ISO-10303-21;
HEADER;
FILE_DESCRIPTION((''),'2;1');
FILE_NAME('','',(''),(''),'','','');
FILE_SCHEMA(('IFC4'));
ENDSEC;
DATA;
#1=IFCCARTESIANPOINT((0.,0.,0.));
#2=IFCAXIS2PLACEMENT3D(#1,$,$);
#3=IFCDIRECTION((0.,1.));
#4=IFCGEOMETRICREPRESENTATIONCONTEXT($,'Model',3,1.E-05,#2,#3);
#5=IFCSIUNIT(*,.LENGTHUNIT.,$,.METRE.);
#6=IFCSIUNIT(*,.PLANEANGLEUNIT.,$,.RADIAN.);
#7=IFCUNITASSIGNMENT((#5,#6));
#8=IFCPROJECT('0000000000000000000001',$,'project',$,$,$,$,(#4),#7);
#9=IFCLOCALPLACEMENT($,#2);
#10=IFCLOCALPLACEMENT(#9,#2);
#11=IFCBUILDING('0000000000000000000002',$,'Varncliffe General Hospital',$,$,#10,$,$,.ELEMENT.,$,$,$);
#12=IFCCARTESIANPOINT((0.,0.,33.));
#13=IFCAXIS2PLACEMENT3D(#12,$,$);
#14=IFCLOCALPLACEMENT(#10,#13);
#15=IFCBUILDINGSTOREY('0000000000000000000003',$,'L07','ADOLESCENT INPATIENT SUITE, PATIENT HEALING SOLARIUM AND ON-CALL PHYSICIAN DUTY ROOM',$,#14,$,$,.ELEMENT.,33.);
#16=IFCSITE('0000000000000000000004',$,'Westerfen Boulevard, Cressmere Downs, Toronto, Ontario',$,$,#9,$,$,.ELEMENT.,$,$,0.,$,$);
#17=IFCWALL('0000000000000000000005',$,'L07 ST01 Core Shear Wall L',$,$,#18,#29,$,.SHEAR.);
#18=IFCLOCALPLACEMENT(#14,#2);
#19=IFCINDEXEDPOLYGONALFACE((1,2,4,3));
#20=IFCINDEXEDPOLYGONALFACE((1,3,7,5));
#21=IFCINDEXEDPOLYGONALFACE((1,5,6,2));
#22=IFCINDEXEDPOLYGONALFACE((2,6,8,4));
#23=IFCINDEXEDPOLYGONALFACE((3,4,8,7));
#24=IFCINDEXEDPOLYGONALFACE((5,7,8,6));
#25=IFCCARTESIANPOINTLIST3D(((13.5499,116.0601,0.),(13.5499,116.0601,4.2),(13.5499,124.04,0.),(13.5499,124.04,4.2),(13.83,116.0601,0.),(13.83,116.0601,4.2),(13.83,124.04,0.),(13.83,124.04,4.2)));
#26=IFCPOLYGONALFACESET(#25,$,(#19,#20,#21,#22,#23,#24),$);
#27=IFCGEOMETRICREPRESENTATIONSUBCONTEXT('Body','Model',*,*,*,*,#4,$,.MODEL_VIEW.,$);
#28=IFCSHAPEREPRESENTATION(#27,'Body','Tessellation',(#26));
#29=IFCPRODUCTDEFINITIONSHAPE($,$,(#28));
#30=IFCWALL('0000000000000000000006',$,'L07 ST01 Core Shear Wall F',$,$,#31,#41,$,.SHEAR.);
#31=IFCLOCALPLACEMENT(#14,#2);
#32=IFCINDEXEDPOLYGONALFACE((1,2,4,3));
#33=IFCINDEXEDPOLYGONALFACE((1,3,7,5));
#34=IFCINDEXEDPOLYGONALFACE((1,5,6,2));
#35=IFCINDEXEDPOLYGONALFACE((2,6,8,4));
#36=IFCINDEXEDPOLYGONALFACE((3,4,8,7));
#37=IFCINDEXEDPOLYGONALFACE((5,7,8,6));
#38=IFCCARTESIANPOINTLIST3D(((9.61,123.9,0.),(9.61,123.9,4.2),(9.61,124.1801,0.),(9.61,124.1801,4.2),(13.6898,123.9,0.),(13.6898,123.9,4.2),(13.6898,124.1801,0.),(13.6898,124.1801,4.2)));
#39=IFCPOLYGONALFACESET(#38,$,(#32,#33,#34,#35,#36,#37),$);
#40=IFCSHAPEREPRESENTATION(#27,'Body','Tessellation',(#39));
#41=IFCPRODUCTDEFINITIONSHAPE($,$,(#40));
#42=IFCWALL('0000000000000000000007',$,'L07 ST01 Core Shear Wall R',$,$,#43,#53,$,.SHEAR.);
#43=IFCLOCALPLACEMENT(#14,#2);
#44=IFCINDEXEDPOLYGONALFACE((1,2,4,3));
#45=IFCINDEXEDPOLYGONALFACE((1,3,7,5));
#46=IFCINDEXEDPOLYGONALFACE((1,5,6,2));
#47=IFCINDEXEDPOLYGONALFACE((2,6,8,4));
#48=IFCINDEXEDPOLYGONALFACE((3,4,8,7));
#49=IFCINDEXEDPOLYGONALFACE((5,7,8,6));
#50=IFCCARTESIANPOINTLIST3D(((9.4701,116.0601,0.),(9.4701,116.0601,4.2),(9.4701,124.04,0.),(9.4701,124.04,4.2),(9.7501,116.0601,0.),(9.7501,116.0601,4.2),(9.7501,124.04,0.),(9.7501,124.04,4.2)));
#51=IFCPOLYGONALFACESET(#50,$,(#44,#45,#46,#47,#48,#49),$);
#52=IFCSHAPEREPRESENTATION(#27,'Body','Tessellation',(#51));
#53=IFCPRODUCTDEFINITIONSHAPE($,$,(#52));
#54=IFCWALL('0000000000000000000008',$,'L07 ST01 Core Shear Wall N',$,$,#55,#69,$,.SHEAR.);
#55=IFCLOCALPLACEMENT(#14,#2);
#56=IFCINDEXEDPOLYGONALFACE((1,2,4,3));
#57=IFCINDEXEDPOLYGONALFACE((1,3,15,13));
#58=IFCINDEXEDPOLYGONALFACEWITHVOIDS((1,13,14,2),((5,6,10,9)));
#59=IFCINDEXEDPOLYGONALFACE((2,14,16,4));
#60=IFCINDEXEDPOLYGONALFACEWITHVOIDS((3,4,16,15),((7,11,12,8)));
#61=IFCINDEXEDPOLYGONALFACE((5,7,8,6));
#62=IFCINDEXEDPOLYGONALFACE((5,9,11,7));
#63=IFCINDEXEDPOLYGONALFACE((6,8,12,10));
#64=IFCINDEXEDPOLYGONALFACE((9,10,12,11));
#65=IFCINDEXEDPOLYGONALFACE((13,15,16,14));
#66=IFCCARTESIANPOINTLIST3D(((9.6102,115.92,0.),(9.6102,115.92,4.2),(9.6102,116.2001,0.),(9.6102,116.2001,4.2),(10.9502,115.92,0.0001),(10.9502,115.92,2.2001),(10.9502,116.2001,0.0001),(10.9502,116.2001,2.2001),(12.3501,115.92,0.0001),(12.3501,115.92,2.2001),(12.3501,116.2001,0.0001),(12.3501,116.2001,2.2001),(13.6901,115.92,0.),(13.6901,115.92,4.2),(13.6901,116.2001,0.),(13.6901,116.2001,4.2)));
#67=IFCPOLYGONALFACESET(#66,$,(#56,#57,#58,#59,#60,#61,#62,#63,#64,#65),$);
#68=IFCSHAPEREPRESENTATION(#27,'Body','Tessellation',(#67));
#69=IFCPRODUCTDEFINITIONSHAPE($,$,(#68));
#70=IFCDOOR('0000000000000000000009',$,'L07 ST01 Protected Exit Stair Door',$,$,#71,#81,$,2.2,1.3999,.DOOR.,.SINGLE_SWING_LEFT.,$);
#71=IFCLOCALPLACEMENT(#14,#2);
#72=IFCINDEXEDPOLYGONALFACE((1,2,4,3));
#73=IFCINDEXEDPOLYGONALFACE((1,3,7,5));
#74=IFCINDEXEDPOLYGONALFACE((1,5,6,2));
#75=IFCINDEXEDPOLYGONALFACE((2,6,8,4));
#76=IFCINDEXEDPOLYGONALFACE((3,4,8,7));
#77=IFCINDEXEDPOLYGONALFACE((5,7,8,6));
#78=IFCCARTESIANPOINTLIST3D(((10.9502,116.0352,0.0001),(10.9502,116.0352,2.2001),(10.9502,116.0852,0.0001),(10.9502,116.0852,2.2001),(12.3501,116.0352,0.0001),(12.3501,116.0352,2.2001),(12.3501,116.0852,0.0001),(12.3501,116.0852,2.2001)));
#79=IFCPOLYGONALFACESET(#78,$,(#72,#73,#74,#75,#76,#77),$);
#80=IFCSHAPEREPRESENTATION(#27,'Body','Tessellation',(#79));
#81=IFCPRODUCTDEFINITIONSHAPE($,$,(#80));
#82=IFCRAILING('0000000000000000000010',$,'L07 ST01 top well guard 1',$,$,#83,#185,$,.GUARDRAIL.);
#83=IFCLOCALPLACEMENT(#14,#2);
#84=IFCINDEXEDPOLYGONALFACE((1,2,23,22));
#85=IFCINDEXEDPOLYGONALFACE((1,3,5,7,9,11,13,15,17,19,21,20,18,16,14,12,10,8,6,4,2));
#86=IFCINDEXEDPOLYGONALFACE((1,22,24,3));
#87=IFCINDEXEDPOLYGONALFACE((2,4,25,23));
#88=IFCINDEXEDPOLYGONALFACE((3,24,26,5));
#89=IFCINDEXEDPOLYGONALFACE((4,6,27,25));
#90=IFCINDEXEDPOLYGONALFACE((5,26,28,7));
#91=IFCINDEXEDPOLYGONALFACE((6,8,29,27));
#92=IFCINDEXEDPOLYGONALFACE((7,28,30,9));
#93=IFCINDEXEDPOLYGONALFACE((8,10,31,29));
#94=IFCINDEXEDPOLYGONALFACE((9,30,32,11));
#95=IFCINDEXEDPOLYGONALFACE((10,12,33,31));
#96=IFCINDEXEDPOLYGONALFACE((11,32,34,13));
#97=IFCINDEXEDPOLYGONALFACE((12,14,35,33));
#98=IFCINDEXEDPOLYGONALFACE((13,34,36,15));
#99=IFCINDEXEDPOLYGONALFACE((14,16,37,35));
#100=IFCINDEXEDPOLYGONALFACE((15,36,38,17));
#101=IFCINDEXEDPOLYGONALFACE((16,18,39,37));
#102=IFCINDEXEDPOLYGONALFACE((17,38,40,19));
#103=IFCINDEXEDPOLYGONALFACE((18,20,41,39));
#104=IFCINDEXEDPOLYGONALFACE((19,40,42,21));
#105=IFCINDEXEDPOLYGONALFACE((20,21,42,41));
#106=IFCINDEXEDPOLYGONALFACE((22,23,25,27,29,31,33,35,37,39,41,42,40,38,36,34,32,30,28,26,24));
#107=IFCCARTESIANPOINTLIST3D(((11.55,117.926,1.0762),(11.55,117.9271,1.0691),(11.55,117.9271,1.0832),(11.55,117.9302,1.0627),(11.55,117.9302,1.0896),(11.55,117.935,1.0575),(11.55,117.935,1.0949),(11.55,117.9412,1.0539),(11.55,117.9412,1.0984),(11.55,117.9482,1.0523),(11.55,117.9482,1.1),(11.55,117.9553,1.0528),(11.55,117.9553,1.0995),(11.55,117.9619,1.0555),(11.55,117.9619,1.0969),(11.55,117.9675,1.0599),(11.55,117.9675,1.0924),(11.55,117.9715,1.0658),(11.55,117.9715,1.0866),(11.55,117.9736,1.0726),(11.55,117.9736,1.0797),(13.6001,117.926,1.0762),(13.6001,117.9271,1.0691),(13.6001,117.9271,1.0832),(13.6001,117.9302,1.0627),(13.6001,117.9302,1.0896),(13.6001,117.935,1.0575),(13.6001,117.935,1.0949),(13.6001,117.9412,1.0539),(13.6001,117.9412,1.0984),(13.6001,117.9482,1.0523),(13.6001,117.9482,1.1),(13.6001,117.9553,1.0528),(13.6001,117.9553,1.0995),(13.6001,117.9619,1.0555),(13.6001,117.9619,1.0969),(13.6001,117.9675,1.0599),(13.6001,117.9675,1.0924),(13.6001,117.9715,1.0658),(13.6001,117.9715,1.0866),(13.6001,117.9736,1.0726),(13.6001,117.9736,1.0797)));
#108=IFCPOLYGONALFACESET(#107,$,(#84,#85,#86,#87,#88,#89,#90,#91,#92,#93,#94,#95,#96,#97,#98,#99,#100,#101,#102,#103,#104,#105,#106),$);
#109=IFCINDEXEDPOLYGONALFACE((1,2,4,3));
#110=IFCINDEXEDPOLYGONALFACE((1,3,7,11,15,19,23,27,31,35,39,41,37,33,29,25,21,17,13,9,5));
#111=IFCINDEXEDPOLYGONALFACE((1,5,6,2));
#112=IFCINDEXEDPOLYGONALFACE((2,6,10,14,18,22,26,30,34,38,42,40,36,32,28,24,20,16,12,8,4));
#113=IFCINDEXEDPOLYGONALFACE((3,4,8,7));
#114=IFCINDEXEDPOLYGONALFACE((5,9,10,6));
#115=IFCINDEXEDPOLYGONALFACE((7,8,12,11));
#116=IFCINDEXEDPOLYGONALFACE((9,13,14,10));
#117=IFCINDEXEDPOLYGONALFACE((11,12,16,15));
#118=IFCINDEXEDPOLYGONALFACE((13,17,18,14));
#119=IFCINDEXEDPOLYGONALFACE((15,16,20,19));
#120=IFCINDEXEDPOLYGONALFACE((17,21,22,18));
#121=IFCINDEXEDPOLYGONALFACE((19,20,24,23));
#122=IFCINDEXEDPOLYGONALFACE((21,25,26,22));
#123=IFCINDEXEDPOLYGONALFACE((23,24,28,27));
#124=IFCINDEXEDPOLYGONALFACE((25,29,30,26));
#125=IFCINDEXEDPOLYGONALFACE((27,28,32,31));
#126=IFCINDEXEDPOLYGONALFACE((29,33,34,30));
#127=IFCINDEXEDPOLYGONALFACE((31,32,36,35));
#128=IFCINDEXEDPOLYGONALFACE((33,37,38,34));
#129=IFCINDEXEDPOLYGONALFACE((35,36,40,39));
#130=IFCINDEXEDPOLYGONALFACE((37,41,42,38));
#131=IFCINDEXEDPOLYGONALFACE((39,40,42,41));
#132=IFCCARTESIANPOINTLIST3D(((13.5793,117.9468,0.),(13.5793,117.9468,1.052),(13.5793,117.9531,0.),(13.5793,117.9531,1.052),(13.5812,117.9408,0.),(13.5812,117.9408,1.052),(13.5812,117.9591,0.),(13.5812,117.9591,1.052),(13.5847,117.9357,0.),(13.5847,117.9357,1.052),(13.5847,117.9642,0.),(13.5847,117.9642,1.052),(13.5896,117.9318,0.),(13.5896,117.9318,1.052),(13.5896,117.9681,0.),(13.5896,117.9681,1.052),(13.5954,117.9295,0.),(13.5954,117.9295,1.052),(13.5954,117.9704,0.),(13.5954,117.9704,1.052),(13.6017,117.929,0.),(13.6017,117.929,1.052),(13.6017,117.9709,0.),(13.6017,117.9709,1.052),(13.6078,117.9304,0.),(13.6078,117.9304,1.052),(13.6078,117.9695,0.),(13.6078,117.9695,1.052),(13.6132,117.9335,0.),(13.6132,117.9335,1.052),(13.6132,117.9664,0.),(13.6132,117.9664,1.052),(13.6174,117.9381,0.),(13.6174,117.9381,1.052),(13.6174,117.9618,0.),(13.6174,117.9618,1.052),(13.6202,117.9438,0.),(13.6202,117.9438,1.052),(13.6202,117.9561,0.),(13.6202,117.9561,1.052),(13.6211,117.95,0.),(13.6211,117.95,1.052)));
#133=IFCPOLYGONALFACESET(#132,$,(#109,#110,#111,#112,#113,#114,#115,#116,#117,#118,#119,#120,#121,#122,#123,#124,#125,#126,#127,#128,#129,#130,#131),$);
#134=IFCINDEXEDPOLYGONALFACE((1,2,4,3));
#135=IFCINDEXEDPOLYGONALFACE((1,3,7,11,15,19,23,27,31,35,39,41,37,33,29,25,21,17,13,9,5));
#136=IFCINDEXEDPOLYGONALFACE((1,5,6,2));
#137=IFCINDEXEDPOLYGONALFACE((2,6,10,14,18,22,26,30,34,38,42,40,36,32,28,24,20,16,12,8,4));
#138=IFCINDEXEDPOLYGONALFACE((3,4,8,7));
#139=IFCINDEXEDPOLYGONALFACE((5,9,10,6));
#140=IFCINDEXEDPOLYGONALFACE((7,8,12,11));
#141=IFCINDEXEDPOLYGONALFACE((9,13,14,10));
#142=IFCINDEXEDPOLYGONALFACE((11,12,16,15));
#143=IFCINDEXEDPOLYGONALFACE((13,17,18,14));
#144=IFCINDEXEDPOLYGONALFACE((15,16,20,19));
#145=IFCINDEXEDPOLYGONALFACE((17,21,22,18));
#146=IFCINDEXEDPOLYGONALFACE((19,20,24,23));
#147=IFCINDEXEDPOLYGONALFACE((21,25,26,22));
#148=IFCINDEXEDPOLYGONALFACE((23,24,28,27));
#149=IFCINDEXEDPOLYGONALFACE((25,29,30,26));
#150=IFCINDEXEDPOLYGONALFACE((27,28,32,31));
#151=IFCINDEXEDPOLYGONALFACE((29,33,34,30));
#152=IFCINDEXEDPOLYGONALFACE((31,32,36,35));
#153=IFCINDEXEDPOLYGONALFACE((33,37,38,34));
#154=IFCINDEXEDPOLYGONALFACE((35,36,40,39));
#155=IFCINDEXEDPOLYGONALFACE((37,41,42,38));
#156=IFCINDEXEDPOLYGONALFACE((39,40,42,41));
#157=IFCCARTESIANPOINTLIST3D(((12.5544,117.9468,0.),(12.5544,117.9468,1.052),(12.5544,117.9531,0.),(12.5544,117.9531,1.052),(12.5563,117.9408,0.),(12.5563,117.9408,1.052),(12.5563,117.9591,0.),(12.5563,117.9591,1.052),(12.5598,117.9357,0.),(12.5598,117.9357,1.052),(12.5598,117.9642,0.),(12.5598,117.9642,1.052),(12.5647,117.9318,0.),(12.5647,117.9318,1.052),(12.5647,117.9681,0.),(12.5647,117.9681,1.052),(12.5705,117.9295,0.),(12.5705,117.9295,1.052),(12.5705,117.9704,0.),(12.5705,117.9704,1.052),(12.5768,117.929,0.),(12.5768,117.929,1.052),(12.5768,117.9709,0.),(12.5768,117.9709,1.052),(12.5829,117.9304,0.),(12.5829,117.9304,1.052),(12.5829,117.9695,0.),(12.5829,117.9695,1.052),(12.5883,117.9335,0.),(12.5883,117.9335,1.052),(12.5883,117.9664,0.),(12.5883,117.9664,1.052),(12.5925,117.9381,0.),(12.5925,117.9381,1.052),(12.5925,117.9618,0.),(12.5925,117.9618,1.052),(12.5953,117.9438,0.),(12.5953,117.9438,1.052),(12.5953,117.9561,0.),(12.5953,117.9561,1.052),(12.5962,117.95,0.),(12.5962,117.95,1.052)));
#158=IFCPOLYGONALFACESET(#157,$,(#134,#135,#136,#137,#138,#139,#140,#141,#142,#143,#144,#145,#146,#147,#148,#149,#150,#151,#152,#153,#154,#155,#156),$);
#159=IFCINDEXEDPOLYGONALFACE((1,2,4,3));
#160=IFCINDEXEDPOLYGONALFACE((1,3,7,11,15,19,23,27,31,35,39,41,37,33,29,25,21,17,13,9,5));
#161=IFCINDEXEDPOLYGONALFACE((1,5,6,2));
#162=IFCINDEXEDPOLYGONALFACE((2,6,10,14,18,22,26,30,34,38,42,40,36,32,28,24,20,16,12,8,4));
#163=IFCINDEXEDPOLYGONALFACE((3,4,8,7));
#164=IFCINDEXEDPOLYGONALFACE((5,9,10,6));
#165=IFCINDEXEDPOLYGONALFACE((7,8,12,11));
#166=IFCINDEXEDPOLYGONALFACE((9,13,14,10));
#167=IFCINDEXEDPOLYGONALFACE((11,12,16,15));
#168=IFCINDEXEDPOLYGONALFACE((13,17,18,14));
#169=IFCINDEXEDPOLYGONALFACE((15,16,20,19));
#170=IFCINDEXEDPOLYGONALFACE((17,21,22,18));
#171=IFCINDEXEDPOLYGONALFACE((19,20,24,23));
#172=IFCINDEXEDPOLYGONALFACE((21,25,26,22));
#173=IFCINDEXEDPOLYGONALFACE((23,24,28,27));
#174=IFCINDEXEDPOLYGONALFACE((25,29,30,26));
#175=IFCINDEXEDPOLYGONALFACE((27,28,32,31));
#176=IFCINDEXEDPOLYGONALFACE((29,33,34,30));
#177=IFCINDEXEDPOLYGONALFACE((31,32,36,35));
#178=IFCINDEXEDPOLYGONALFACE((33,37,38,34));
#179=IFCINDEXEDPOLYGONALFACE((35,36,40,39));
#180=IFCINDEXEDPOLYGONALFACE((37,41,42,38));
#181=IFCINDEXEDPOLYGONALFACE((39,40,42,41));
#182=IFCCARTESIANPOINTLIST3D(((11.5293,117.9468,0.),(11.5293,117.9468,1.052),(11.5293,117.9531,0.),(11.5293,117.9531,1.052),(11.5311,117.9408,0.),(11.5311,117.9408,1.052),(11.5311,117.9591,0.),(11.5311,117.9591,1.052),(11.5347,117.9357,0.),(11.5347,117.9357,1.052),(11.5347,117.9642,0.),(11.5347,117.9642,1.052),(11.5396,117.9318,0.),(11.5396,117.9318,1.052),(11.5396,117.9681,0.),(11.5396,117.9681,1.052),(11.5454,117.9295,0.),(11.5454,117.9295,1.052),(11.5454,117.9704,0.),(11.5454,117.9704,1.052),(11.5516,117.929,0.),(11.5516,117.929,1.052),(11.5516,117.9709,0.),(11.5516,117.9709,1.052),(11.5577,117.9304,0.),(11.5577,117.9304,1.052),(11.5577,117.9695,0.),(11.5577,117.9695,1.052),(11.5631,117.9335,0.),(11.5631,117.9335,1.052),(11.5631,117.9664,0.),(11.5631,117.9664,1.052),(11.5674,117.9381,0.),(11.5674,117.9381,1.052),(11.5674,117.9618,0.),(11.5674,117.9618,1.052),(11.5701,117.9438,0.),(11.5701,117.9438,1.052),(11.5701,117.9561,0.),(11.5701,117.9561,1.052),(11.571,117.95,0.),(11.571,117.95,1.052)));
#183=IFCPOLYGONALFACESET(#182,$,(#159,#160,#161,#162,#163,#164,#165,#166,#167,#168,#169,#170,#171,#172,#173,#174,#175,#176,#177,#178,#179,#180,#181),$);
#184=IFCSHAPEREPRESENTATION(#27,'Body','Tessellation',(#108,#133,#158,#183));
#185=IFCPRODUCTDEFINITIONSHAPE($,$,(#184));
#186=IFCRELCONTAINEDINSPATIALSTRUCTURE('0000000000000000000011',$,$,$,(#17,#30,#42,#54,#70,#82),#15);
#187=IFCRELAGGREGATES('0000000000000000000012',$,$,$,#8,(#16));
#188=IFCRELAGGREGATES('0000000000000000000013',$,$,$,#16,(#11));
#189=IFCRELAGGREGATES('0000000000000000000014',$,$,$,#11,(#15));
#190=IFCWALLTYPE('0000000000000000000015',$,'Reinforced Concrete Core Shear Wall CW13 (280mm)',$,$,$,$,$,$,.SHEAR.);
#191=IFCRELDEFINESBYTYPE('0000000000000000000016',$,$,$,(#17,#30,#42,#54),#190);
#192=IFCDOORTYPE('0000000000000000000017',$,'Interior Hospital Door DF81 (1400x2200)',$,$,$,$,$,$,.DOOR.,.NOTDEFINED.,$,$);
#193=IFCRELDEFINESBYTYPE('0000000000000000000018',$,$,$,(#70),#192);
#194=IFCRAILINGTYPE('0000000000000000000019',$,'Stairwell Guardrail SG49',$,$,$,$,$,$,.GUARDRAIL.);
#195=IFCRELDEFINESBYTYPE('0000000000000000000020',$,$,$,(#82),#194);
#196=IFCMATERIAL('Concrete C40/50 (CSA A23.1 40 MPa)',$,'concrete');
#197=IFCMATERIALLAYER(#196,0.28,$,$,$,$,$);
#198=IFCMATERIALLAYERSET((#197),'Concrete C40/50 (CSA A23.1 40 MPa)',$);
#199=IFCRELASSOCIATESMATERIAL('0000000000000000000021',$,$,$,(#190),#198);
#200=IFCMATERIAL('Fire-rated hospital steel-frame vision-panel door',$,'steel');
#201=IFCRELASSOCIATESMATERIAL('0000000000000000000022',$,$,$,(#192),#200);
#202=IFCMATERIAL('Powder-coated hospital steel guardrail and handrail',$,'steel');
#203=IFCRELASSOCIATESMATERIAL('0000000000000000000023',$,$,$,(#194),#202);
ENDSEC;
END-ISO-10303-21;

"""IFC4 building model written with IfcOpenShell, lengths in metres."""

from ifc_helpers import new_model, si_unit, direction, frame, frame_2d, origin, origin_2d, place, context, subcontext, project, spatial, rectangle, circle, extrude, material, layer, layer_set, type_object, element, fill, save


model = new_model("IFC4")

# Units and contexts
model_context = context("Model", 3, precision=1e-05, world=origin(), true_north=direction((0.0, 1.0)))
body_context = subcontext(model_context, "Body", "Model", "MODEL_VIEW")
ifc_project = project(units=[si_unit("LENGTHUNIT", "METRE"), si_unit("PLANEANGLEUNIT", "RADIAN")], contexts=[model_context])

# Site, building, storey
site_placement = place(None, origin())
site = spatial("IfcSite", under=ifc_project, at=site_placement, Name="Westerfen Boulevard, Cressmere Downs, Toronto, Ontario", CompositionType="ELEMENT", RefElevation=0.0)
building_placement = place(site_placement, origin())
building = spatial("IfcBuilding", under=site, at=building_placement, Name="Varncliffe General Hospital", CompositionType="ELEMENT")
storey_placement = place(building_placement, frame((0.0, 0.0, 33.0)))
storey = spatial("IfcBuildingStorey", under=building, at=storey_placement, Name="L07", Description="ADOLESCENT INPATIENT SUITE, PATIENT HEALING SOLARIUM AND ON-CALL PHYSICIAN DUTY ROOM", CompositionType="ELEMENT", Elevation=33.0)

# Shared definitions
ifc_material_1 = material(Name="Concrete C40/50 (CSA A23.1 40 MPa)", Category="concrete")

# Walls
ifc_layer_1 = layer(ifc_material_1, 0.28)
ifc_layer_set_1 = layer_set([ifc_layer_1], Name="Concrete C40/50 (CSA A23.1 40 MPa)")
wall_type_1 = type_object("IfcWallType", Name="Reinforced Concrete Core Shear Wall CW13 (280mm)", PredefinedType="SHEAR", material=ifc_layer_set_1)
wall_1_placement = place(storey_placement, frame((13.6899, 116.0601, 0.0), z_axis=(0.0, 0.0, 1.0), x_axis=(0.0, 1.0, 0.0)))
element("IfcWall", 1, at=wall_1_placement, inside=storey, type_object=wall_type_1, Name="L07 ST01 Core Shear Wall L", PredefinedType="SHEAR", context=body_context, shape_type="SweptSolid", body=[
    extrude(rectangle(XDim=7.98, YDim=0.28, at=frame_2d((3.99, 0.0))), origin(), (0.0, 0.0, 1.0), 4.2),
])
wall_2_placement = place(storey_placement, frame((13.6899, 124.04, 0.0), z_axis=(0.0, 0.0, 1.0), x_axis=(-1.0, 0.0, 0.0)))
element("IfcWall", 2, at=wall_2_placement, inside=storey, type_object=wall_type_1, Name="L07 ST01 Core Shear Wall F", PredefinedType="SHEAR", context=body_context, shape_type="SweptSolid", body=[
    extrude(rectangle(XDim=4.0798, YDim=0.28, at=frame_2d((2.04, 0.0))), origin(), (0.0, 0.0, 1.0), 4.2),
])
wall_3_placement = place(storey_placement, frame((9.6101, 124.04, 0.0), z_axis=(0.0, 0.0, 1.0), x_axis=(0.0, -1.0, 0.0)))
element("IfcWall", 3, at=wall_3_placement, inside=storey, type_object=wall_type_1, Name="L07 ST01 Core Shear Wall R", PredefinedType="SHEAR", context=body_context, shape_type="SweptSolid", body=[
    extrude(rectangle(XDim=7.98, YDim=0.28, at=frame_2d((3.99, 0.0))), origin(), (0.0, 0.0, 1.0), 4.2),
])

# Wall, opening, door
wall_4_placement = place(storey_placement, frame((9.6101, 116.0601, 0.0), z_axis=(0.0, 0.0, 1.0), x_axis=(1.0, 0.0, 0.0)))
wall_4 = element("IfcWall", 4, at=wall_4_placement, inside=storey, type_object=wall_type_1, Name="L07 ST01 Core Shear Wall N", PredefinedType="SHEAR", context=body_context, shape_type="SweptSolid", body=[
    extrude(rectangle(XDim=4.0798, YDim=0.28, at=frame_2d((2.04, 0.0))), origin(), (0.0, 0.0, 1.0), 4.2),
])
opening_1_placement = place(wall_4_placement, frame((1.3401, 0.0, 0.0)))
opening_1 = element("IfcOpeningElement", 5, at=opening_1_placement, cuts=wall_4, PredefinedType="OPENING", context=body_context, shape_type="SweptSolid", body=[
    extrude(rectangle(XDim=1.3999, YDim=2.2, at=frame_2d((0.7, 1.1001))), frame((0.0, 0.1499, 0.0), z_axis=(0.0, -1.0, 0.0), x_axis=(1.0, 0.0, 0.0)), (0.0, 0.0, 1.0), 0.3),
])
ifc_material_2 = material(Name="Fire-rated hospital steel-frame vision-panel door", Category="steel")
door_type = type_object("IfcDoorType", Name="Interior Hospital Door DF81 (1400x2200)", OperationType="NOTDEFINED", PredefinedType="DOOR", material=ifc_material_2)
door_placement = place(opening_1_placement, frame((1.3999, 0.0, 0.0), z_axis=(0.0, 0.0, 1.0), x_axis=(-1.0, 0.0, 0.0)))
door = element("IfcDoor", 6, at=door_placement, inside=storey, type_object=door_type, Name="L07 ST01 Protected Exit Stair Door", OperationType="SINGLE_SWING_LEFT", OverallHeight=2.2, OverallWidth=1.3999, PredefinedType="DOOR", context=body_context, shape_type="SweptSolid", body=[
    extrude(rectangle(XDim=1.3999, YDim=2.2, at=frame_2d((0.7, 1.1001))), frame((0.0, 0.0249, 0.0), z_axis=(0.0, -1.0, 0.0), x_axis=(1.0, 0.0, 0.0)), (0.0, 0.0, 1.0), 0.05),
])
fill(opening_1, door)

# Railing
ifc_material_3 = material(Name="Powder-coated hospital steel guardrail and handrail", Category="steel")
railing_type = type_object("IfcRailingType", Name="Stairwell Guardrail SG49", PredefinedType="GUARDRAIL", material=ifc_material_3)
railing_placement = place(storey_placement, frame((13.6001, 117.95, 0.0)))
element("IfcRailing", 7, at=railing_placement, inside=storey, type_object=railing_type, Name="L07 ST01 top well guard 1", PredefinedType="GUARDRAIL", context=body_context, shape_type="SweptSolid", body=[
    extrude(circle(Radius=0.0239, at=origin_2d()), frame((0.0, 0.0, 1.0762), z_axis=(-1.0, 0.0, 0.0), x_axis=(0.0, -1.0, 0.0)), (0.0, 0.0, 1.0), 2.05),
    extrude(circle(Radius=0.021, at=origin_2d()), origin(), (0.0, 0.0, 1.0), 1.052),
    extrude(circle(Radius=0.021, at=origin_2d()), frame((-1.0249, 0.0, 0.0)), (0.0, 0.0, 1.0), 1.052),
    extrude(circle(Radius=0.021, at=origin_2d()), frame((-2.05, 0.0, 0.0)), (0.0, 0.0, 1.0), 1.052),
])

save(model, "model.ifc")
